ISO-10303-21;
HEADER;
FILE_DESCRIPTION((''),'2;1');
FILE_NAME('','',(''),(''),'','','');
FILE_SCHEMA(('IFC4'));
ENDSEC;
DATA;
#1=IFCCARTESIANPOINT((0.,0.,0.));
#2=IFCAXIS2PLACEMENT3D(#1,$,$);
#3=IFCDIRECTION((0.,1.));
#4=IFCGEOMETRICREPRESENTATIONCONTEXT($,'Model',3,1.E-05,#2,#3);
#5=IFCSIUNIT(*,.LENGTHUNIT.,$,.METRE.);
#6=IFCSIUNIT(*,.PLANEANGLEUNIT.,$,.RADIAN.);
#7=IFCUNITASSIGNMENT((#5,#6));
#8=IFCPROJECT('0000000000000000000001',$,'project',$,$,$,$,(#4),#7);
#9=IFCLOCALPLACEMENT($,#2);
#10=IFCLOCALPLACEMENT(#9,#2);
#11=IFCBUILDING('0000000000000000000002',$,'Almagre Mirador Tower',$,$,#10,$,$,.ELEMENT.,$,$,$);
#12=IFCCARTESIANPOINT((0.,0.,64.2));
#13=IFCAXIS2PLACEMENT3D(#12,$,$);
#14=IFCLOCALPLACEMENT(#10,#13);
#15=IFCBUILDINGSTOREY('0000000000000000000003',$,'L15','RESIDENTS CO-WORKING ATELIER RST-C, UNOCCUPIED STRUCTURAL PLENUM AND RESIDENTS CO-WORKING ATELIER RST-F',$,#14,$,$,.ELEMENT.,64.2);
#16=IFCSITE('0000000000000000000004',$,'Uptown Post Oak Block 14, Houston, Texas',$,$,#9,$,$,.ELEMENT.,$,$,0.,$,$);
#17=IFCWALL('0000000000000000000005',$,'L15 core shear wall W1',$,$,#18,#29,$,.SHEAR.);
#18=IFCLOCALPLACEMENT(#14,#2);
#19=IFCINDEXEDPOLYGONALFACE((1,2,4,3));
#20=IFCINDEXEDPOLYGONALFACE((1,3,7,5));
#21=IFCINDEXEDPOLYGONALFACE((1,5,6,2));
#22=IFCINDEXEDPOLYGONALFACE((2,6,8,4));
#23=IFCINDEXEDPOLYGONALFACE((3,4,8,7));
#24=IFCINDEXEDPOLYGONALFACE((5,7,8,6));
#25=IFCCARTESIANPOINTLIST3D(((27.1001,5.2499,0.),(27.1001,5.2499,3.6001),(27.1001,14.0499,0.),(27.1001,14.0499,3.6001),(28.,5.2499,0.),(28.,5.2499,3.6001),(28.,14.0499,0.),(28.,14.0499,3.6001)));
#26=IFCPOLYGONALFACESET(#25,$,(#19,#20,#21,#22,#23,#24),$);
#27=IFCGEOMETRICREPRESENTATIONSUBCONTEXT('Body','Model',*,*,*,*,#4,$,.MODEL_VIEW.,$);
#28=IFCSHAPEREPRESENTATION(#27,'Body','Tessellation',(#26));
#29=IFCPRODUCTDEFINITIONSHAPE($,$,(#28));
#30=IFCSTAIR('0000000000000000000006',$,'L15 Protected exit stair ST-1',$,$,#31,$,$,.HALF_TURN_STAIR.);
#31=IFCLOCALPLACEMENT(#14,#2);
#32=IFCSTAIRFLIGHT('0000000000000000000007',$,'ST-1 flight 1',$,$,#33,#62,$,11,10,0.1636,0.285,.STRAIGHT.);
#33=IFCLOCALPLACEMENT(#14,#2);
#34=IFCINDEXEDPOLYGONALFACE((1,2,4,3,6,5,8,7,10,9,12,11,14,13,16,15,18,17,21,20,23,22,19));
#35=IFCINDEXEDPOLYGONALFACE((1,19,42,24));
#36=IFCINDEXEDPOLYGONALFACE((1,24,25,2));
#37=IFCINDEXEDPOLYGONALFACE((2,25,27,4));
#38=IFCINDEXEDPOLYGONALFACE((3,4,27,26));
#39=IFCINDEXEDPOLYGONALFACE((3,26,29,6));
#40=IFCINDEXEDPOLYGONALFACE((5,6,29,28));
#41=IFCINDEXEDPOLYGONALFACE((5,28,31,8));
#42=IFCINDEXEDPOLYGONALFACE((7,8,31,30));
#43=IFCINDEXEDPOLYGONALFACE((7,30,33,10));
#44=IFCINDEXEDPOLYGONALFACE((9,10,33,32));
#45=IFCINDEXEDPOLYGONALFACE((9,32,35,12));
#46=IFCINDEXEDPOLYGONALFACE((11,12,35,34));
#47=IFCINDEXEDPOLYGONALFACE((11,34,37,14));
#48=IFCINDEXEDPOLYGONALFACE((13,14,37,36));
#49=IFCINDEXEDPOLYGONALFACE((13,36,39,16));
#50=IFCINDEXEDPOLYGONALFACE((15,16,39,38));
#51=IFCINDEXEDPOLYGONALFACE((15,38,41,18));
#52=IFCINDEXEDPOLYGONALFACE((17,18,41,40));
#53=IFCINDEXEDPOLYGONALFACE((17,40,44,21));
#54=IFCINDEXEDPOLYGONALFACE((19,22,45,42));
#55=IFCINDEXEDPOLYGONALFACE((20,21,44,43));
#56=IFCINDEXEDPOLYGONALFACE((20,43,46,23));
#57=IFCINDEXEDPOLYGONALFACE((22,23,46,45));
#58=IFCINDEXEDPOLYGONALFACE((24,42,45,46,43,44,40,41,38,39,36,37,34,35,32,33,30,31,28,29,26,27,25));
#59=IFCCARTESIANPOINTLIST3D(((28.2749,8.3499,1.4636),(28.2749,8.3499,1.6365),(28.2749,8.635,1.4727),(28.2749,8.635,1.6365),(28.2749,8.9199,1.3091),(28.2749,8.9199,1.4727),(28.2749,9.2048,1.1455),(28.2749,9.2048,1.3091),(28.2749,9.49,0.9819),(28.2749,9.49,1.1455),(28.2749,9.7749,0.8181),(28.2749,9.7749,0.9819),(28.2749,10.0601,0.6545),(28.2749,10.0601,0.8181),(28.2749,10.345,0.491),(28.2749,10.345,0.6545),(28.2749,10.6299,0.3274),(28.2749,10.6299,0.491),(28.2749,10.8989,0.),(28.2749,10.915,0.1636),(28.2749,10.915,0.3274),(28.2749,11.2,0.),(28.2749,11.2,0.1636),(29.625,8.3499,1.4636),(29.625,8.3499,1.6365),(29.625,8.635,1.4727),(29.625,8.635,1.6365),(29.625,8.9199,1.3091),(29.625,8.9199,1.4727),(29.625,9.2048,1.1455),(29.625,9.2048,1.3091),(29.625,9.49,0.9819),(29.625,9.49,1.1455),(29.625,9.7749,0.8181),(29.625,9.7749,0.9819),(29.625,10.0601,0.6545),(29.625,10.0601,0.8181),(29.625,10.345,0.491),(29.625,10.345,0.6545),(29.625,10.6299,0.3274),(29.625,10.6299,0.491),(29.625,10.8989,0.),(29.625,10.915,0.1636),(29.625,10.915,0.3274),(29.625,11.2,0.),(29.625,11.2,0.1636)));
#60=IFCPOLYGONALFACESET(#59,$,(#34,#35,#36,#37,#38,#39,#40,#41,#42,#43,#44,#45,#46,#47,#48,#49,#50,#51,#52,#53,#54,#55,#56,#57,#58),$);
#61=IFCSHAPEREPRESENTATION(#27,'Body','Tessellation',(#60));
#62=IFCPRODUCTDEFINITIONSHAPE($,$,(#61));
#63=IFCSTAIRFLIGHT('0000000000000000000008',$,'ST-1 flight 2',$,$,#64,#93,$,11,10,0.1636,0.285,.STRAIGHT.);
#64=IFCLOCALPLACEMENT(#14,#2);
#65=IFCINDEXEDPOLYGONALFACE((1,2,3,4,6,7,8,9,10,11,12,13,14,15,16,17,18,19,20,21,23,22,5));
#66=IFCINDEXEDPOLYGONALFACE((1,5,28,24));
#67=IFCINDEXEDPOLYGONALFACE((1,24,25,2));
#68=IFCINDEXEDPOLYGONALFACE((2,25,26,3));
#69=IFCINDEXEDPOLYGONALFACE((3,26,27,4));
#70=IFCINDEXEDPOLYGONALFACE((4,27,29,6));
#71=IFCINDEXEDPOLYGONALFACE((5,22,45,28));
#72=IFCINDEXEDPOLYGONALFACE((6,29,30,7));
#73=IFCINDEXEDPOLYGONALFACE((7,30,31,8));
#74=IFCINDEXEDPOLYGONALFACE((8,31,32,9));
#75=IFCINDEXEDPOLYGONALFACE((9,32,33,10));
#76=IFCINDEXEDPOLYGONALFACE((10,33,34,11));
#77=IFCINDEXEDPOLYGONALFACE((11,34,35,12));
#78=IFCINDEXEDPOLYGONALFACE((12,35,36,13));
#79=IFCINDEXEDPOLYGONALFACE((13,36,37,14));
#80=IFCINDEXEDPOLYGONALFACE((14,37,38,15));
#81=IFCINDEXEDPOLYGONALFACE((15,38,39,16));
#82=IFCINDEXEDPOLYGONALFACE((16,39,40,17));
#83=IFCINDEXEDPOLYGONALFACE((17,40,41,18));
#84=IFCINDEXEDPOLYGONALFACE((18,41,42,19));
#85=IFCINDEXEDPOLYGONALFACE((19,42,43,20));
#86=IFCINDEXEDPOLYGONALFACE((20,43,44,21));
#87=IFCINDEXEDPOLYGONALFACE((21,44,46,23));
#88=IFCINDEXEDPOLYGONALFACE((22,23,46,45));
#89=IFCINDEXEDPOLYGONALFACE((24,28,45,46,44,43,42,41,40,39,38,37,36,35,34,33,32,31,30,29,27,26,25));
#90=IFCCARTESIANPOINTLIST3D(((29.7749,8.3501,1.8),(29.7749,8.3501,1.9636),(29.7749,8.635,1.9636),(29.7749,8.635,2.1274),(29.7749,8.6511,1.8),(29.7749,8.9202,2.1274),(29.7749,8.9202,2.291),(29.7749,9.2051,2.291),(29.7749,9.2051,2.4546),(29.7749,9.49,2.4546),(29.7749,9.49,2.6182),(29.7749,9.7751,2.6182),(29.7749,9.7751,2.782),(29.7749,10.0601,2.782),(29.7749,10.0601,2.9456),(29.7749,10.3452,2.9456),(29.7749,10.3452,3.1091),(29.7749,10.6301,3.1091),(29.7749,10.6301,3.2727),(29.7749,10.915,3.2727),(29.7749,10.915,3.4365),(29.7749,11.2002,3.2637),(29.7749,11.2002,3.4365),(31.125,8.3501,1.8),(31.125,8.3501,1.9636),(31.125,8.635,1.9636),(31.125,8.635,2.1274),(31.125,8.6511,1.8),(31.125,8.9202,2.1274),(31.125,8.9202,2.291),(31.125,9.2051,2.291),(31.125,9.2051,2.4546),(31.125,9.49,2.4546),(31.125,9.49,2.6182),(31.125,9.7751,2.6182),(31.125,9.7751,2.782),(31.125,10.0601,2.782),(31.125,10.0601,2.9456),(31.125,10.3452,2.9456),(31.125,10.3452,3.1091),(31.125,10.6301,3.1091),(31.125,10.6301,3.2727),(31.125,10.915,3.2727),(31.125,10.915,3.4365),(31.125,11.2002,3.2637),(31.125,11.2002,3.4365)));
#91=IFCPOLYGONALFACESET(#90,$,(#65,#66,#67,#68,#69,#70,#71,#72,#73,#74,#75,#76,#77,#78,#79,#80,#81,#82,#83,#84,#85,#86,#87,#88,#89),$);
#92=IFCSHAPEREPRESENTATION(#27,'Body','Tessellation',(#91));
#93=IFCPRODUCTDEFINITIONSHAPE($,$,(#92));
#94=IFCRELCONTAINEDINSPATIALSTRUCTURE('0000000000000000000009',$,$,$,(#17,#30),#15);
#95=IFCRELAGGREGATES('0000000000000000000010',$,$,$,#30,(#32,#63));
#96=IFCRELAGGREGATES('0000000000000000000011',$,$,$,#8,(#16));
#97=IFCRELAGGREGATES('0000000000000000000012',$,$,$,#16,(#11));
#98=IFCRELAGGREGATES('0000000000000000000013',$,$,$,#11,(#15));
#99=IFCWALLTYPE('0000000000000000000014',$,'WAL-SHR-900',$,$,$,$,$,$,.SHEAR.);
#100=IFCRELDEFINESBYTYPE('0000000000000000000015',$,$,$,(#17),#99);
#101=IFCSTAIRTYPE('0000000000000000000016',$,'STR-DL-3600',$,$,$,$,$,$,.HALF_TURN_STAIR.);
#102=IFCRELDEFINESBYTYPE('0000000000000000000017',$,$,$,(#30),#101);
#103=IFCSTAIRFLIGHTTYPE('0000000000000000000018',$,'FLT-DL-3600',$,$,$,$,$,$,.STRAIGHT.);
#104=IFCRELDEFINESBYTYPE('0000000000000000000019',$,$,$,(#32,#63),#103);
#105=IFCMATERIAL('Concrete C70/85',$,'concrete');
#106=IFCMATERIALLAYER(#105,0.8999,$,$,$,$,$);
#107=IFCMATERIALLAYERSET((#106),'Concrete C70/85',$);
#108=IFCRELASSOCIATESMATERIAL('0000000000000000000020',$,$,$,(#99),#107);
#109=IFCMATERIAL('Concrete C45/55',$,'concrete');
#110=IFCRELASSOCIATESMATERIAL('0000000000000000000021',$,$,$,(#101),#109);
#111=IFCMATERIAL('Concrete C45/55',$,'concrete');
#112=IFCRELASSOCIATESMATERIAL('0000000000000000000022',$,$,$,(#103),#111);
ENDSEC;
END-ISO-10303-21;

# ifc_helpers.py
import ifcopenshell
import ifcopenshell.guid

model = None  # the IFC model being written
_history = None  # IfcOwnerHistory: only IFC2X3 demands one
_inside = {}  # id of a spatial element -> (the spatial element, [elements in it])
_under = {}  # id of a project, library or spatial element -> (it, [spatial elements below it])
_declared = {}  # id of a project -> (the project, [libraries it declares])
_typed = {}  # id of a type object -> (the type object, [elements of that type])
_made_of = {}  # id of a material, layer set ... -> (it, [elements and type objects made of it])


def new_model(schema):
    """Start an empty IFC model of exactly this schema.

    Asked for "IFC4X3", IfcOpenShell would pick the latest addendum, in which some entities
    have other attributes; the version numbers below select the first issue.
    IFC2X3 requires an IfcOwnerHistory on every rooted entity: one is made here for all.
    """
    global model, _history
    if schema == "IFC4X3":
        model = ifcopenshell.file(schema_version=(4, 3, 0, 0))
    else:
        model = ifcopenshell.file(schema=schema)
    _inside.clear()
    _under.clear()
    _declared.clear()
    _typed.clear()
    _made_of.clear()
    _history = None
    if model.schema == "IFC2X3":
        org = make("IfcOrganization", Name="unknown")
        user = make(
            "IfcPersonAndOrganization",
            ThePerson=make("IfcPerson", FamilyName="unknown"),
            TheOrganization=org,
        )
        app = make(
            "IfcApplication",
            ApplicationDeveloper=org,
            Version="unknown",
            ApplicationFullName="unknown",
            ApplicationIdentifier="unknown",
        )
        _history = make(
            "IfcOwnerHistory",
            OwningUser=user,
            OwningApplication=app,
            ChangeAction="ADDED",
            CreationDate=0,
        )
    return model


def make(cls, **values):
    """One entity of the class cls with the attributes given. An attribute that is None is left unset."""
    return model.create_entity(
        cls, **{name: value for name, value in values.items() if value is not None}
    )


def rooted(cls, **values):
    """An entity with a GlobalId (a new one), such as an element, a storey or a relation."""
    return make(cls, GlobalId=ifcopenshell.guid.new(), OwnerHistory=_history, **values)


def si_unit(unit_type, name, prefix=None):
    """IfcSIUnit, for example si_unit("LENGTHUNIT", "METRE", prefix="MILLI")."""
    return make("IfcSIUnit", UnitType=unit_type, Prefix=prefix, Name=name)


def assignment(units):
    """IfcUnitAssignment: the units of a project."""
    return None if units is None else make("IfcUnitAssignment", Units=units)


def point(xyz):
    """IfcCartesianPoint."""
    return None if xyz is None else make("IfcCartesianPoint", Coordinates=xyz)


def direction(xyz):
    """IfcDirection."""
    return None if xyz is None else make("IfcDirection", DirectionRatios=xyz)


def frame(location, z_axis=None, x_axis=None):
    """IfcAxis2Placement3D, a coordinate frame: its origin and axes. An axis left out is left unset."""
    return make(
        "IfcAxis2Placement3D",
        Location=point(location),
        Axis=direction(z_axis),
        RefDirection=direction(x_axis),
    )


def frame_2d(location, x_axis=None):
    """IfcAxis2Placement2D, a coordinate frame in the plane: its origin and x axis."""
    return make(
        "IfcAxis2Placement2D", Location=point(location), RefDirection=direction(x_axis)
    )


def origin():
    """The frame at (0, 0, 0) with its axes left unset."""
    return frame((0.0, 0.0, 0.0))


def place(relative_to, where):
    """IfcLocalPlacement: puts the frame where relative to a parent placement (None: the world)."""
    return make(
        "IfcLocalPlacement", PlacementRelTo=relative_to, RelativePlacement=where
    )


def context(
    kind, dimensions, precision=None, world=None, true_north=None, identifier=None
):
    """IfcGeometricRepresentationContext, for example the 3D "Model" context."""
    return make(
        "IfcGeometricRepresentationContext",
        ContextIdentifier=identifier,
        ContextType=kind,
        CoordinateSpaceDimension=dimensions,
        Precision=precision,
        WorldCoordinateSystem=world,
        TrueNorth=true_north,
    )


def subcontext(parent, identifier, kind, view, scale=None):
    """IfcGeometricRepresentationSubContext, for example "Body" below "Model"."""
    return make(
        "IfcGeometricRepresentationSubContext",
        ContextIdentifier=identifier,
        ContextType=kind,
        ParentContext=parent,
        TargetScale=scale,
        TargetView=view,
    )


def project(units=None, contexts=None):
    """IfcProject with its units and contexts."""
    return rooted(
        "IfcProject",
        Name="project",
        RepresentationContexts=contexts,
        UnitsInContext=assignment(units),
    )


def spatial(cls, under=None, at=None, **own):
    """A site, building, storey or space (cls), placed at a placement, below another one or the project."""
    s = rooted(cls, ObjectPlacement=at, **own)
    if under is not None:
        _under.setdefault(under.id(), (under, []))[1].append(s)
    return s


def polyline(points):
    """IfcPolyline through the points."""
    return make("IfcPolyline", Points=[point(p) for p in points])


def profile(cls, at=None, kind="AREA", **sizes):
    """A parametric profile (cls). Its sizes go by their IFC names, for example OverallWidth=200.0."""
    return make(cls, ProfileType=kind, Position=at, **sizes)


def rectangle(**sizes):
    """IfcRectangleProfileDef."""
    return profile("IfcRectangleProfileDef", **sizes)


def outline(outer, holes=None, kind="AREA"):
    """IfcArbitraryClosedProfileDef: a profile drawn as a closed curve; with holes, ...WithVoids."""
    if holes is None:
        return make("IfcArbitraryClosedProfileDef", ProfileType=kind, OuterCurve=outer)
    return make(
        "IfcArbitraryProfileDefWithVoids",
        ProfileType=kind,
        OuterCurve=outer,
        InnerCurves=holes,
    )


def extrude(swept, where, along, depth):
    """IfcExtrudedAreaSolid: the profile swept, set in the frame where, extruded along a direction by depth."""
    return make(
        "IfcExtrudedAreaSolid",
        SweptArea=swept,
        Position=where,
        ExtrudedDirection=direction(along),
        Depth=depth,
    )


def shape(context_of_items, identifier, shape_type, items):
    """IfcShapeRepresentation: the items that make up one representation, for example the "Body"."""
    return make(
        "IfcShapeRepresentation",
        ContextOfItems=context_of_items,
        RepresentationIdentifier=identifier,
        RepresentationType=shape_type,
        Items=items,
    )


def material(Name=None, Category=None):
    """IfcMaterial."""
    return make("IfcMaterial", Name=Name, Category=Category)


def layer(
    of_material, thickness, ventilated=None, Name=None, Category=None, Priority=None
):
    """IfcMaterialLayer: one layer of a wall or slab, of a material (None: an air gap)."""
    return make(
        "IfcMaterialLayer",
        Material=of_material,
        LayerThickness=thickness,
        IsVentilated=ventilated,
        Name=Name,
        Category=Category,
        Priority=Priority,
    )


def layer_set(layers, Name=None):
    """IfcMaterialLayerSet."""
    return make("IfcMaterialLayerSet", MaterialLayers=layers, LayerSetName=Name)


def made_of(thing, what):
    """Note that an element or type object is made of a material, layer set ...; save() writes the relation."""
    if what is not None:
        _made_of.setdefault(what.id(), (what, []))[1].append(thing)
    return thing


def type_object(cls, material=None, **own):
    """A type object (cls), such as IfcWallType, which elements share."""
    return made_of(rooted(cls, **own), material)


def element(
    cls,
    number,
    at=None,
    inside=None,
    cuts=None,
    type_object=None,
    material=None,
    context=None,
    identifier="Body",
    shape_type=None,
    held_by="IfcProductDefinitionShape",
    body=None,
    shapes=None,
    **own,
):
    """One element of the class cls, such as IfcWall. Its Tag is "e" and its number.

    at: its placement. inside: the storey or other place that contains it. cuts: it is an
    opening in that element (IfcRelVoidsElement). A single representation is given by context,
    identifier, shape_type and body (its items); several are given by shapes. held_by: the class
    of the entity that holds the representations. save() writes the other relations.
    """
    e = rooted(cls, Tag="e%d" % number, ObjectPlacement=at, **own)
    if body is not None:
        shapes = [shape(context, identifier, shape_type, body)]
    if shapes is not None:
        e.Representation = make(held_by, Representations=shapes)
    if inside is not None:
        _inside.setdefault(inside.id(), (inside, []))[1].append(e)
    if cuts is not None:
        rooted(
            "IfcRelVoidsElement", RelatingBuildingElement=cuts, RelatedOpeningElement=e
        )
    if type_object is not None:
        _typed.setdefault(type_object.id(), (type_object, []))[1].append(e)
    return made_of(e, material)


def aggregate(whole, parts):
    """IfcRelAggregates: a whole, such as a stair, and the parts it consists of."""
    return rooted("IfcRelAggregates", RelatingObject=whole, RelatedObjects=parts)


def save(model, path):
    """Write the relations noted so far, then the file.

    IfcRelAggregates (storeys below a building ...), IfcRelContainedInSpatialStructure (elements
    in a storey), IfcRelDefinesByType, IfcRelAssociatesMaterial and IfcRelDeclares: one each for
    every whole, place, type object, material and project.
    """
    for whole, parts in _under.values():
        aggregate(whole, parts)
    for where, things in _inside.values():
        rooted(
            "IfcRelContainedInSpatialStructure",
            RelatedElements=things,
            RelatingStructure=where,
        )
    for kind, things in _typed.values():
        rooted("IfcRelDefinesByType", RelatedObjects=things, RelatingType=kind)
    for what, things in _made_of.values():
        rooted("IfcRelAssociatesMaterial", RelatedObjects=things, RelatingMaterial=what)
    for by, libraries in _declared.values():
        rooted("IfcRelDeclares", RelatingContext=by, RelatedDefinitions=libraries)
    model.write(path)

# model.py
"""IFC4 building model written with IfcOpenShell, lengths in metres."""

from ifc_helpers import new_model, si_unit, direction, frame, frame_2d, origin, place, context, subcontext, project, spatial, polyline, rectangle, outline, extrude, material, layer, layer_set, type_object, element, aggregate, save


model = new_model("IFC4")

# Units and contexts
model_context = context("Model", 3, precision=1e-05, world=origin(), true_north=direction((0.0, 1.0)))
body_context = subcontext(model_context, "Body", "Model", "MODEL_VIEW")
ifc_project = project(units=[si_unit("LENGTHUNIT", "METRE"), si_unit("PLANEANGLEUNIT", "RADIAN")], contexts=[model_context])

# Site, building, storey
site_placement = place(None, origin())
site = spatial("IfcSite", under=ifc_project, at=site_placement, Name="Uptown Post Oak Block 14, Houston, Texas", CompositionType="ELEMENT", RefElevation=0.0)
building_placement = place(site_placement, origin())
building = spatial("IfcBuilding", under=site, at=building_placement, Name="Almagre Mirador Tower", CompositionType="ELEMENT")
storey_placement = place(building_placement, frame((0.0, 0.0, 64.2)))
storey = spatial("IfcBuildingStorey", under=building, at=storey_placement, Name="L15", Description="RESIDENTS CO-WORKING ATELIER RST-C, UNOCCUPIED STRUCTURAL PLENUM AND RESIDENTS CO-WORKING ATELIER RST-F", CompositionType="ELEMENT", Elevation=64.2)

# Wall
ifc_material_1 = material(Name="Concrete C70/85", Category="concrete")
ifc_layer_1 = layer(ifc_material_1, 0.8999)
ifc_layer_set_1 = layer_set([ifc_layer_1], Name="Concrete C70/85")
wall_type_1 = type_object("IfcWallType", Name="WAL-SHR-900", PredefinedType="SHEAR", material=ifc_layer_set_1)
wall_1_placement = place(storey_placement, frame((27.55, 5.25, 0.0), z_axis=(0.0, 0.0, 1.0), x_axis=(0.0, 1.0, 0.0)))
element("IfcWall", 1, at=wall_1_placement, inside=storey, type_object=wall_type_1, Name="L15 core shear wall W1", PredefinedType="SHEAR", context=body_context, shape_type="SweptSolid", body=[
    extrude(rectangle(XDim=8.8, YDim=0.8999, at=frame_2d((4.3999, 0.0))), origin(), (0.0, 0.0, 1.0), 3.6001),
])

# Stair, stair flights
ifc_material_2 = material(Name="Concrete C45/55", Category="concrete")
stair_type = type_object("IfcStairType", Name="STR-DL-3600", PredefinedType="HALF_TURN_STAIR", material=ifc_material_2)
stair_placement = place(storey_placement, origin())
stair = element("IfcStair", 2, at=stair_placement, inside=storey, type_object=stair_type, Name="L15 Protected exit stair ST-1", PredefinedType="HALF_TURN_STAIR")
ifc_material_3 = material(Name="Concrete C45/55", Category="concrete")
stair_flight_type = type_object("IfcStairFlightType", Name="FLT-DL-3600", PredefinedType="STRAIGHT", material=ifc_material_3)
stair_flight_1_placement = place(storey_placement, frame((28.95, 11.2, 0.0), z_axis=(0.0, 0.0, 1.0), x_axis=(0.0, -1.0, 0.0)))
stair_flight_1 = element("IfcStairFlight", 3, at=stair_flight_1_placement, type_object=stair_flight_type, Name="ST-1 flight 1", NumberOfRisers=11, NumberOfTreads=10, PredefinedType="STRAIGHT", RiserHeight=0.1636, TreadLength=0.285, context=body_context, shape_type="SweptSolid", body=[
    extrude(outline(polyline([(0.0, 0.0), (0.0, 0.1636), (0.2849, 0.1636), (0.2849, 0.3274), (0.5701, 0.3274), (0.5701, 0.491), (0.855, 0.491), (0.855, 0.6545), (1.1399, 0.6545), (1.1399, 0.8181), (1.425, 0.8181), (1.425, 0.9819), (1.71, 0.9819), (1.71, 1.1455), (1.9951, 1.1455), (1.9951, 1.3091), (2.28, 1.3091), (2.28, 1.4727), (2.5649, 1.4727), (2.5649, 1.6365), (2.8501, 1.6365), (2.8501, 1.8), (2.8501, 1.4636), (0.301, 0.0), (0.0, 0.0)])), frame((0.0, 0.675, 0.0), z_axis=(0.0, -1.0, 0.0), x_axis=(1.0, 0.0, 0.0)), (0.0, 0.0, 1.0), 1.3501),
])
stair_flight_2_placement = place(storey_placement, frame((30.45, 8.3501, 1.8), z_axis=(0.0, 0.0, 1.0), x_axis=(0.0, 1.0, 0.0)))
stair_flight_2 = element("IfcStairFlight", 4, at=stair_flight_2_placement, type_object=stair_flight_type, Name="ST-1 flight 2", NumberOfRisers=11, NumberOfTreads=10, PredefinedType="STRAIGHT", RiserHeight=0.1636, TreadLength=0.285, context=body_context, shape_type="SweptSolid", body=[
    extrude(outline(polyline([(0.0, 0.0), (0.0, 0.1636), (0.2849, 0.1636), (0.2849, 0.3274), (0.5701, 0.3274), (0.5701, 0.491), (0.855, 0.491), (0.855, 0.6545), (1.1399, 0.6545), (1.1399, 0.8181), (1.425, 0.8181), (1.425, 0.9819), (1.71, 0.9819), (1.71, 1.1455), (1.9951, 1.1455), (1.9951, 1.3091), (2.28, 1.3091), (2.28, 1.4727), (2.5649, 1.4727), (2.5649, 1.6365), (2.8501, 1.6365), (2.8501, 1.8), (2.8501, 1.4636), (0.301, 0.0), (0.0, 0.0)])), frame((0.0, 0.675, 0.0), z_axis=(0.0, -1.0, 0.0), x_axis=(1.0, 0.0, 0.0)), (0.0, 0.0, 1.0), 1.3501),
])
aggregate(stair, [stair_flight_1, stair_flight_2])

save(model, "model.ifc")
